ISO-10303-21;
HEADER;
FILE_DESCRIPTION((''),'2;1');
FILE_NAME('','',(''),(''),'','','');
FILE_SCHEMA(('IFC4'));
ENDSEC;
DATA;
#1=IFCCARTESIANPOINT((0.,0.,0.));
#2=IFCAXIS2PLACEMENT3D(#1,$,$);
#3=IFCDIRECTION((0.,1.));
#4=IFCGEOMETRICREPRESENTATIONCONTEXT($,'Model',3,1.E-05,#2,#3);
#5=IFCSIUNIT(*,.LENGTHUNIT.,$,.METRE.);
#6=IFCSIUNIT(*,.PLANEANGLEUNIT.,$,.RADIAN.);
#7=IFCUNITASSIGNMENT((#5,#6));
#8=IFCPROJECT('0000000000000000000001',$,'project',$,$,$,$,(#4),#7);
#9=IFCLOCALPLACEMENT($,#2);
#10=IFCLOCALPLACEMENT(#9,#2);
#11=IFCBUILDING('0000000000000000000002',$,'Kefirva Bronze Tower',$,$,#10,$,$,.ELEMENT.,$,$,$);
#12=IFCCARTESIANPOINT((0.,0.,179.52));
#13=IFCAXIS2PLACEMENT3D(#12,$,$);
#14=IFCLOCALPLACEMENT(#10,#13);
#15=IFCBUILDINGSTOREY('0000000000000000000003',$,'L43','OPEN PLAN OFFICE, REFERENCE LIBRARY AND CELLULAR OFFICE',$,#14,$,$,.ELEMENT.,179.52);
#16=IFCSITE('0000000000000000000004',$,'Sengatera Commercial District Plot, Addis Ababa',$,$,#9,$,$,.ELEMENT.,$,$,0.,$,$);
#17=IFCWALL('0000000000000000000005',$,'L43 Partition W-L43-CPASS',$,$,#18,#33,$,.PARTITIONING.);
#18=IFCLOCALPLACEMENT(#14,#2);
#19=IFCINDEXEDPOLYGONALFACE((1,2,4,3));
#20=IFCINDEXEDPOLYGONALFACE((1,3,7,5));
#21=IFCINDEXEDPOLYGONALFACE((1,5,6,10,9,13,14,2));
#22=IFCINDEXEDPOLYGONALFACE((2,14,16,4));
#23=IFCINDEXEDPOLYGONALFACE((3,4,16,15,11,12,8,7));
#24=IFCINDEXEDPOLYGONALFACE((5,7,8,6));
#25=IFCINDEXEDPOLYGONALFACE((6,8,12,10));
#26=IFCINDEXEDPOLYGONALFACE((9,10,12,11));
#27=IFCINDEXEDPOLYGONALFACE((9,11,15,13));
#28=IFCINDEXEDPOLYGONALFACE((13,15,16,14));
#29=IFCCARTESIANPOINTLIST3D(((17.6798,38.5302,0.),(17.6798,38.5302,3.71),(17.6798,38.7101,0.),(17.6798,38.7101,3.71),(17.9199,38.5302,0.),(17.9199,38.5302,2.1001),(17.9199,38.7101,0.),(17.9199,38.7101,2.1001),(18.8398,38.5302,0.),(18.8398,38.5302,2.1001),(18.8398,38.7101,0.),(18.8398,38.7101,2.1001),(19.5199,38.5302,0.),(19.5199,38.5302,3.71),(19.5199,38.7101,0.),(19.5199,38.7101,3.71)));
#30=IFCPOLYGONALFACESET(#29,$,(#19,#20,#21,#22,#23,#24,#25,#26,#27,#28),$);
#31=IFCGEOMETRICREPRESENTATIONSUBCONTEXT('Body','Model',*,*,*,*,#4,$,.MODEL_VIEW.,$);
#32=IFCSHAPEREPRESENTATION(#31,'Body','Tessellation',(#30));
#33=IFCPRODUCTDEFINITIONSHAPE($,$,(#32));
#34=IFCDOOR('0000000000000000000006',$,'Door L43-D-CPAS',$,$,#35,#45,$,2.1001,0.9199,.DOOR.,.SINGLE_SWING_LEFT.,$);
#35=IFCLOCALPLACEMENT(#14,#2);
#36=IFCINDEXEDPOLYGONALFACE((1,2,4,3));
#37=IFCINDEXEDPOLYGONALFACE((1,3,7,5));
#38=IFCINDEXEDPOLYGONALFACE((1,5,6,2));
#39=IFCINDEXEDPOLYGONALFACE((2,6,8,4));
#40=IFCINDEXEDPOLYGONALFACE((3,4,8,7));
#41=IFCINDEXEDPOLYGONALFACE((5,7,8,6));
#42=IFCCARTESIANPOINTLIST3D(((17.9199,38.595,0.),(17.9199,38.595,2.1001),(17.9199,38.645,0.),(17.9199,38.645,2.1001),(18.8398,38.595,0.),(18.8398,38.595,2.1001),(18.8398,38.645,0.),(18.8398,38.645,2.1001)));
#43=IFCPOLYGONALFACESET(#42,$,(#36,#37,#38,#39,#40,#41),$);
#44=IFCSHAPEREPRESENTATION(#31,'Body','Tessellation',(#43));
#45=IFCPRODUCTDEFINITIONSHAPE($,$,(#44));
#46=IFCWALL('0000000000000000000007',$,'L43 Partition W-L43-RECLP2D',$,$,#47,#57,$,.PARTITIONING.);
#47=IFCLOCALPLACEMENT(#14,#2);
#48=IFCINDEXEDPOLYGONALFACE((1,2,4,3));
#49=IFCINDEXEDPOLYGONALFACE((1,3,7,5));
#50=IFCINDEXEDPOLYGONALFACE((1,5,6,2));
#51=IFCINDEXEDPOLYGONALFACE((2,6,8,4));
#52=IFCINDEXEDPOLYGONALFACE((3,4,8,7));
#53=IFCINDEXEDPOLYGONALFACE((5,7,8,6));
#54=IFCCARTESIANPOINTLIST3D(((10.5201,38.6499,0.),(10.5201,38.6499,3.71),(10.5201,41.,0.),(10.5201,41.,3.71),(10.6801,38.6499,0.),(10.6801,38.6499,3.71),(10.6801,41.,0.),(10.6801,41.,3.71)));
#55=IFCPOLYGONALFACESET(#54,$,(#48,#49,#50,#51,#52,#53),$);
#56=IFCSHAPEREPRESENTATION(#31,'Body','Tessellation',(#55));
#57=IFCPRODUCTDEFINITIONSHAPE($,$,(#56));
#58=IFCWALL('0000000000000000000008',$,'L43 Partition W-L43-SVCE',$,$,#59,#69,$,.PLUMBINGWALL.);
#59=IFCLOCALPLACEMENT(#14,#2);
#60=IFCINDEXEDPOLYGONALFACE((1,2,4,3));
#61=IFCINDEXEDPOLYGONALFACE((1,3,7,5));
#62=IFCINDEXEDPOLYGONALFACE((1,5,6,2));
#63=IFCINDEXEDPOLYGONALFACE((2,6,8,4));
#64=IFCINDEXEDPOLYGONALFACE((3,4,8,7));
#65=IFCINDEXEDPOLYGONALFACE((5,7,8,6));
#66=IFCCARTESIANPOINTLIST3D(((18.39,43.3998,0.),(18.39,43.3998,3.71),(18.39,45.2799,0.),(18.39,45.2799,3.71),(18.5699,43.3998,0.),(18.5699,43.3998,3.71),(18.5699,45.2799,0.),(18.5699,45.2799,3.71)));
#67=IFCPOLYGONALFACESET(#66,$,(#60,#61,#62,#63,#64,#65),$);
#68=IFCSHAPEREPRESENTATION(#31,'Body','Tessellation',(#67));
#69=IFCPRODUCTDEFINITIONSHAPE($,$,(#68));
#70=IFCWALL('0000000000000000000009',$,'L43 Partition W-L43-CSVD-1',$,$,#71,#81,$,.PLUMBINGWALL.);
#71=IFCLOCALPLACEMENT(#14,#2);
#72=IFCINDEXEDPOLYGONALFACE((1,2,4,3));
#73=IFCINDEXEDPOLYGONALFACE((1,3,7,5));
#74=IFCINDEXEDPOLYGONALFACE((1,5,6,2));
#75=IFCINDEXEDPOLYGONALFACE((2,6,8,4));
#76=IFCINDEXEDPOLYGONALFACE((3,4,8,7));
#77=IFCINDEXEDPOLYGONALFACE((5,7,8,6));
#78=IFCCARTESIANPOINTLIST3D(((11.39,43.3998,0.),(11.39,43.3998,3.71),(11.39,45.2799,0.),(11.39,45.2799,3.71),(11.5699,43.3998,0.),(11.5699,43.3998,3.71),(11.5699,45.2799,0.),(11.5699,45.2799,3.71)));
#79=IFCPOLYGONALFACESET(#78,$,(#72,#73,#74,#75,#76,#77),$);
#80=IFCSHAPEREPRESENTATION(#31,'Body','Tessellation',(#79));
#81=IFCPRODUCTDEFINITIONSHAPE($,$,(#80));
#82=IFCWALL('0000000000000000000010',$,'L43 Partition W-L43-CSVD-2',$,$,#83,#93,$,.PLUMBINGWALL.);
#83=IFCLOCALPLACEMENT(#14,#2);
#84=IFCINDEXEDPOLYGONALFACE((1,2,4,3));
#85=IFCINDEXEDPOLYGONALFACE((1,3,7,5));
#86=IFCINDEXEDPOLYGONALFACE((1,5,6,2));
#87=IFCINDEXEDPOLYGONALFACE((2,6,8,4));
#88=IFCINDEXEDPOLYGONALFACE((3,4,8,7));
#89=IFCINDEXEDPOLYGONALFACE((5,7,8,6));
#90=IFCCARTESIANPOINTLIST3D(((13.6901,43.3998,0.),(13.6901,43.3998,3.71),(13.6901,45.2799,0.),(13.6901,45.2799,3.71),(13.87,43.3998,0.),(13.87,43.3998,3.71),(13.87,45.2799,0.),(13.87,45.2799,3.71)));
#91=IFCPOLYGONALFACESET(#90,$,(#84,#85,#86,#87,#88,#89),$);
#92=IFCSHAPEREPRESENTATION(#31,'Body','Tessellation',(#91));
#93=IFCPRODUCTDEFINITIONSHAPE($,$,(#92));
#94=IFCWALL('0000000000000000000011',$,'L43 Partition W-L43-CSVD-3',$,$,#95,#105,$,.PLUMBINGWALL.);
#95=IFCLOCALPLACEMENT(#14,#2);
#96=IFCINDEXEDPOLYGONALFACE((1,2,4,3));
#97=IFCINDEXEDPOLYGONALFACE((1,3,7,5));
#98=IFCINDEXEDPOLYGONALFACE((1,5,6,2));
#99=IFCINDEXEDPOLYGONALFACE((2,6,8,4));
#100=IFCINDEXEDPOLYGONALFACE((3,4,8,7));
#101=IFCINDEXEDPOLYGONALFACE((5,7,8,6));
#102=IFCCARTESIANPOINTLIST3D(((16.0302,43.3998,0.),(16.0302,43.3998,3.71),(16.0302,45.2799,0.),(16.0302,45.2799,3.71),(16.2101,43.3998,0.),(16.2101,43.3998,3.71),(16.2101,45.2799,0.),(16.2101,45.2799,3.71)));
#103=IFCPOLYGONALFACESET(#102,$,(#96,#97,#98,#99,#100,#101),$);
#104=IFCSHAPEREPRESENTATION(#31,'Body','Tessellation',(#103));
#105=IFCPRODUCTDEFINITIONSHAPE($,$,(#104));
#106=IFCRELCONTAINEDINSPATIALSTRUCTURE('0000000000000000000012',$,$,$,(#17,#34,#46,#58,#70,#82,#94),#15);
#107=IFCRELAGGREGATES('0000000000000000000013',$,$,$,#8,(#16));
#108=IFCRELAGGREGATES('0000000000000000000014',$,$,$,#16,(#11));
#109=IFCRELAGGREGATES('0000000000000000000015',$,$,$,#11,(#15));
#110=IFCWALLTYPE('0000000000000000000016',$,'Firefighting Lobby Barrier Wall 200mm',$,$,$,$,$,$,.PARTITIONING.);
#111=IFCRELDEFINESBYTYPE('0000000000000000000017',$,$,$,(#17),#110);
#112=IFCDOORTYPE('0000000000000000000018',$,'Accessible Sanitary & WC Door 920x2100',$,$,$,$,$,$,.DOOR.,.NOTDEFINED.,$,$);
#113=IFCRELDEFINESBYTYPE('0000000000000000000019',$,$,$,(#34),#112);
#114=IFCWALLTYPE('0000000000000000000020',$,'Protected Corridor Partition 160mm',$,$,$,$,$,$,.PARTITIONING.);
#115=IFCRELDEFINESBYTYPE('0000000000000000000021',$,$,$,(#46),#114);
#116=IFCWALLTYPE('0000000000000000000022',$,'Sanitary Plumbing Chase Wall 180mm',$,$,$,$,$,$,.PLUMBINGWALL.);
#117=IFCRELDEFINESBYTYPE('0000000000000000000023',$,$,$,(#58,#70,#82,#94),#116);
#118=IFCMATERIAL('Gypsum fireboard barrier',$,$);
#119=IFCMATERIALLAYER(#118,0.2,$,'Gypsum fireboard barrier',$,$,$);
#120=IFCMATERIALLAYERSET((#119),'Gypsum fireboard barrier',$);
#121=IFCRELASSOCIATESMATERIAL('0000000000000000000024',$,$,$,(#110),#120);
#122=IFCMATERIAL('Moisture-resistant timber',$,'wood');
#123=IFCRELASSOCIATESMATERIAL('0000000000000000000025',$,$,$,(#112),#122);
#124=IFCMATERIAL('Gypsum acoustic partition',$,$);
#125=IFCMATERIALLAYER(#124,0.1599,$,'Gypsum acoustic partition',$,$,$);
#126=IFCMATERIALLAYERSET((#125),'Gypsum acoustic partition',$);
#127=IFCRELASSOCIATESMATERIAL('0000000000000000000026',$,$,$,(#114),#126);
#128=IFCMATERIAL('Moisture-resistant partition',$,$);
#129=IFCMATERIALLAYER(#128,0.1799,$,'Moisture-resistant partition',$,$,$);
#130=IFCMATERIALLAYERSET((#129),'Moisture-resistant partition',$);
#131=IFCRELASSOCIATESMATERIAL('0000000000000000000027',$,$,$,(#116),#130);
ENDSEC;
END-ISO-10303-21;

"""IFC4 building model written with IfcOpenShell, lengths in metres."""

from ifc_helpers import new_model, si_unit, direction, frame, frame_2d, origin, place, context, subcontext, project, spatial, rectangle, extrude, material, layer, layer_set, type_object, element, fill, save


model = new_model("IFC4")

# Units and contexts
model_context = context("Model", 3, precision=1e-05, world=origin(), true_north=direction((0.0, 1.0)))
body_context = subcontext(model_context, "Body", "Model", "MODEL_VIEW")
ifc_project = project(units=[si_unit("LENGTHUNIT", "METRE"), si_unit("PLANEANGLEUNIT", "RADIAN")], contexts=[model_context])

# Site, building, storey
site_placement = place(None, origin())
site = spatial("IfcSite", under=ifc_project, at=site_placement, Name="Sengatera Commercial District Plot, Addis Ababa", CompositionType="ELEMENT", RefElevation=0.0)
building_placement = place(site_placement, origin())
building = spatial("IfcBuilding", under=site, at=building_placement, Name="Kefirva Bronze Tower", CompositionType="ELEMENT")
storey_placement = place(building_placement, frame((0.0, 0.0, 179.52)))
storey = spatial("IfcBuildingStorey", under=building, at=storey_placement, Name="L43", Description="OPEN PLAN OFFICE, REFERENCE LIBRARY AND CELLULAR OFFICE", CompositionType="ELEMENT", Elevation=179.52)

# Wall, opening, door
ifc_material_1 = material(Name="Gypsum fireboard barrier")
ifc_layer_1 = layer(ifc_material_1, 0.2, Name="Gypsum fireboard barrier")
ifc_layer_set_1 = layer_set([ifc_layer_1], Name="Gypsum fireboard barrier")
wall_type_1 = type_object("IfcWallType", Name="Firefighting Lobby Barrier Wall 200mm", PredefinedType="PARTITIONING", material=ifc_layer_set_1)
wall_1_placement = place(storey_placement, frame((17.6799, 38.6201, 0.0), z_axis=(0.0, 0.0, 1.0), x_axis=(1.0, 0.0, 0.0)))
wall_1 = element("IfcWall", 1, at=wall_1_placement, inside=storey, type_object=wall_type_1, Name="L43 Partition W-L43-CPASS", PredefinedType="PARTITIONING", context=body_context, shape_type="SweptSolid", body=[
    extrude(rectangle(XDim=1.8401, YDim=0.1799, at=frame_2d((0.9199, 0.0))), origin(), (0.0, 0.0, 1.0), 3.71),
])
opening_1_placement = place(wall_1_placement, frame((0.24, 0.0, 0.0)))
opening_1 = element("IfcOpeningElement", 2, at=opening_1_placement, cuts=wall_1, PredefinedType="OPENING", context=body_context, shape_type="SweptSolid", body=[
    extrude(rectangle(XDim=0.9199, YDim=2.1001, at=frame_2d((0.46, 1.05))), frame((0.0, 0.1001, 0.0), z_axis=(0.0, -1.0, 0.0), x_axis=(1.0, 0.0, 0.0)), (0.0, 0.0, 1.0), 0.2),
])
ifc_material_2 = material(Name="Moisture-resistant timber", Category="wood")
door_type_1 = type_object("IfcDoorType", Name="Accessible Sanitary & WC Door 920x2100", OperationType="NOTDEFINED", PredefinedType="DOOR", material=ifc_material_2)
door_1_placement = place(opening_1_placement, origin())
door_1 = element("IfcDoor", 3, at=door_1_placement, inside=storey, type_object=door_type_1, Name="Door L43-D-CPAS", OperationType="SINGLE_SWING_LEFT", OverallHeight=2.1001, OverallWidth=0.9199, PredefinedType="DOOR", context=body_context, shape_type="SweptSolid", body=[
    extrude(rectangle(XDim=0.9199, YDim=2.1001, at=frame_2d((0.46, 1.05))), frame((0.0, 0.0249, 0.0), z_axis=(0.0, -1.0, 0.0), x_axis=(1.0, 0.0, 0.0)), (0.0, 0.0, 1.0), 0.05),
])
fill(opening_1, door_1)

# Walls
ifc_material_3 = material(Name="Gypsum acoustic partition")
ifc_layer_2 = layer(ifc_material_3, 0.1599, Name="Gypsum acoustic partition")
ifc_layer_set_2 = layer_set([ifc_layer_2], Name="Gypsum acoustic partition")
wall_type_2 = type_object("IfcWallType", Name="Protected Corridor Partition 160mm", PredefinedType="PARTITIONING", material=ifc_layer_set_2)
wall_2_placement = place(storey_placement, frame((10.6001, 38.6499, 0.0), z_axis=(0.0, 0.0, 1.0), x_axis=(0.0, 1.0, 0.0)))
element("IfcWall", 4, at=wall_2_placement, inside=storey, type_object=wall_type_2, Name="L43 Partition W-L43-RECLP2D", PredefinedType="PARTITIONING", context=body_context, shape_type="SweptSolid", body=[
    extrude(rectangle(XDim=2.3501, YDim=0.1599, at=frame_2d((1.175, 0.0))), origin(), (0.0, 0.0, 1.0), 3.71),
])
ifc_material_4 = material(Name="Moisture-resistant partition")
ifc_layer_3 = layer(ifc_material_4, 0.1799, Name="Moisture-resistant partition")
ifc_layer_set_3 = layer_set([ifc_layer_3], Name="Moisture-resistant partition")
wall_type_3 = type_object("IfcWallType", Name="Sanitary Plumbing Chase Wall 180mm", PredefinedType="PLUMBINGWALL", material=ifc_layer_set_3)
for number, where, z_axis, x_axis, name in (
    (5, (18.48, 43.3999, 0.0), (0.0, 0.0, 1.0), (0.0, 1.0, 0.0), "L43 Partition W-L43-SVCE"),
    (6, (11.48, 43.3999, 0.0), (0.0, 0.0, 1.0), (0.0, 1.0, 0.0), "L43 Partition W-L43-CSVD-1"),
    (7, (13.78, 43.3999, 0.0), (0.0, 0.0, 1.0), (0.0, 1.0, 0.0), "L43 Partition W-L43-CSVD-2"),
    (8, (16.1201, 43.3999, 0.0), (0.0, 0.0, 1.0), (0.0, 1.0, 0.0), "L43 Partition W-L43-CSVD-3"),
):
    element("IfcWall", number, at=place(storey_placement, frame(where, z_axis=z_axis, x_axis=x_axis)), inside=storey, type_object=wall_type_3, Name=name, PredefinedType="PLUMBINGWALL", context=body_context, shape_type="SweptSolid", body=[
        extrude(rectangle(XDim=1.8801, YDim=0.1799, at=frame_2d((0.9399, 0.0))), origin(), (0.0, 0.0, 1.0), 3.71),
    ])

save(model, "model.ifc")
